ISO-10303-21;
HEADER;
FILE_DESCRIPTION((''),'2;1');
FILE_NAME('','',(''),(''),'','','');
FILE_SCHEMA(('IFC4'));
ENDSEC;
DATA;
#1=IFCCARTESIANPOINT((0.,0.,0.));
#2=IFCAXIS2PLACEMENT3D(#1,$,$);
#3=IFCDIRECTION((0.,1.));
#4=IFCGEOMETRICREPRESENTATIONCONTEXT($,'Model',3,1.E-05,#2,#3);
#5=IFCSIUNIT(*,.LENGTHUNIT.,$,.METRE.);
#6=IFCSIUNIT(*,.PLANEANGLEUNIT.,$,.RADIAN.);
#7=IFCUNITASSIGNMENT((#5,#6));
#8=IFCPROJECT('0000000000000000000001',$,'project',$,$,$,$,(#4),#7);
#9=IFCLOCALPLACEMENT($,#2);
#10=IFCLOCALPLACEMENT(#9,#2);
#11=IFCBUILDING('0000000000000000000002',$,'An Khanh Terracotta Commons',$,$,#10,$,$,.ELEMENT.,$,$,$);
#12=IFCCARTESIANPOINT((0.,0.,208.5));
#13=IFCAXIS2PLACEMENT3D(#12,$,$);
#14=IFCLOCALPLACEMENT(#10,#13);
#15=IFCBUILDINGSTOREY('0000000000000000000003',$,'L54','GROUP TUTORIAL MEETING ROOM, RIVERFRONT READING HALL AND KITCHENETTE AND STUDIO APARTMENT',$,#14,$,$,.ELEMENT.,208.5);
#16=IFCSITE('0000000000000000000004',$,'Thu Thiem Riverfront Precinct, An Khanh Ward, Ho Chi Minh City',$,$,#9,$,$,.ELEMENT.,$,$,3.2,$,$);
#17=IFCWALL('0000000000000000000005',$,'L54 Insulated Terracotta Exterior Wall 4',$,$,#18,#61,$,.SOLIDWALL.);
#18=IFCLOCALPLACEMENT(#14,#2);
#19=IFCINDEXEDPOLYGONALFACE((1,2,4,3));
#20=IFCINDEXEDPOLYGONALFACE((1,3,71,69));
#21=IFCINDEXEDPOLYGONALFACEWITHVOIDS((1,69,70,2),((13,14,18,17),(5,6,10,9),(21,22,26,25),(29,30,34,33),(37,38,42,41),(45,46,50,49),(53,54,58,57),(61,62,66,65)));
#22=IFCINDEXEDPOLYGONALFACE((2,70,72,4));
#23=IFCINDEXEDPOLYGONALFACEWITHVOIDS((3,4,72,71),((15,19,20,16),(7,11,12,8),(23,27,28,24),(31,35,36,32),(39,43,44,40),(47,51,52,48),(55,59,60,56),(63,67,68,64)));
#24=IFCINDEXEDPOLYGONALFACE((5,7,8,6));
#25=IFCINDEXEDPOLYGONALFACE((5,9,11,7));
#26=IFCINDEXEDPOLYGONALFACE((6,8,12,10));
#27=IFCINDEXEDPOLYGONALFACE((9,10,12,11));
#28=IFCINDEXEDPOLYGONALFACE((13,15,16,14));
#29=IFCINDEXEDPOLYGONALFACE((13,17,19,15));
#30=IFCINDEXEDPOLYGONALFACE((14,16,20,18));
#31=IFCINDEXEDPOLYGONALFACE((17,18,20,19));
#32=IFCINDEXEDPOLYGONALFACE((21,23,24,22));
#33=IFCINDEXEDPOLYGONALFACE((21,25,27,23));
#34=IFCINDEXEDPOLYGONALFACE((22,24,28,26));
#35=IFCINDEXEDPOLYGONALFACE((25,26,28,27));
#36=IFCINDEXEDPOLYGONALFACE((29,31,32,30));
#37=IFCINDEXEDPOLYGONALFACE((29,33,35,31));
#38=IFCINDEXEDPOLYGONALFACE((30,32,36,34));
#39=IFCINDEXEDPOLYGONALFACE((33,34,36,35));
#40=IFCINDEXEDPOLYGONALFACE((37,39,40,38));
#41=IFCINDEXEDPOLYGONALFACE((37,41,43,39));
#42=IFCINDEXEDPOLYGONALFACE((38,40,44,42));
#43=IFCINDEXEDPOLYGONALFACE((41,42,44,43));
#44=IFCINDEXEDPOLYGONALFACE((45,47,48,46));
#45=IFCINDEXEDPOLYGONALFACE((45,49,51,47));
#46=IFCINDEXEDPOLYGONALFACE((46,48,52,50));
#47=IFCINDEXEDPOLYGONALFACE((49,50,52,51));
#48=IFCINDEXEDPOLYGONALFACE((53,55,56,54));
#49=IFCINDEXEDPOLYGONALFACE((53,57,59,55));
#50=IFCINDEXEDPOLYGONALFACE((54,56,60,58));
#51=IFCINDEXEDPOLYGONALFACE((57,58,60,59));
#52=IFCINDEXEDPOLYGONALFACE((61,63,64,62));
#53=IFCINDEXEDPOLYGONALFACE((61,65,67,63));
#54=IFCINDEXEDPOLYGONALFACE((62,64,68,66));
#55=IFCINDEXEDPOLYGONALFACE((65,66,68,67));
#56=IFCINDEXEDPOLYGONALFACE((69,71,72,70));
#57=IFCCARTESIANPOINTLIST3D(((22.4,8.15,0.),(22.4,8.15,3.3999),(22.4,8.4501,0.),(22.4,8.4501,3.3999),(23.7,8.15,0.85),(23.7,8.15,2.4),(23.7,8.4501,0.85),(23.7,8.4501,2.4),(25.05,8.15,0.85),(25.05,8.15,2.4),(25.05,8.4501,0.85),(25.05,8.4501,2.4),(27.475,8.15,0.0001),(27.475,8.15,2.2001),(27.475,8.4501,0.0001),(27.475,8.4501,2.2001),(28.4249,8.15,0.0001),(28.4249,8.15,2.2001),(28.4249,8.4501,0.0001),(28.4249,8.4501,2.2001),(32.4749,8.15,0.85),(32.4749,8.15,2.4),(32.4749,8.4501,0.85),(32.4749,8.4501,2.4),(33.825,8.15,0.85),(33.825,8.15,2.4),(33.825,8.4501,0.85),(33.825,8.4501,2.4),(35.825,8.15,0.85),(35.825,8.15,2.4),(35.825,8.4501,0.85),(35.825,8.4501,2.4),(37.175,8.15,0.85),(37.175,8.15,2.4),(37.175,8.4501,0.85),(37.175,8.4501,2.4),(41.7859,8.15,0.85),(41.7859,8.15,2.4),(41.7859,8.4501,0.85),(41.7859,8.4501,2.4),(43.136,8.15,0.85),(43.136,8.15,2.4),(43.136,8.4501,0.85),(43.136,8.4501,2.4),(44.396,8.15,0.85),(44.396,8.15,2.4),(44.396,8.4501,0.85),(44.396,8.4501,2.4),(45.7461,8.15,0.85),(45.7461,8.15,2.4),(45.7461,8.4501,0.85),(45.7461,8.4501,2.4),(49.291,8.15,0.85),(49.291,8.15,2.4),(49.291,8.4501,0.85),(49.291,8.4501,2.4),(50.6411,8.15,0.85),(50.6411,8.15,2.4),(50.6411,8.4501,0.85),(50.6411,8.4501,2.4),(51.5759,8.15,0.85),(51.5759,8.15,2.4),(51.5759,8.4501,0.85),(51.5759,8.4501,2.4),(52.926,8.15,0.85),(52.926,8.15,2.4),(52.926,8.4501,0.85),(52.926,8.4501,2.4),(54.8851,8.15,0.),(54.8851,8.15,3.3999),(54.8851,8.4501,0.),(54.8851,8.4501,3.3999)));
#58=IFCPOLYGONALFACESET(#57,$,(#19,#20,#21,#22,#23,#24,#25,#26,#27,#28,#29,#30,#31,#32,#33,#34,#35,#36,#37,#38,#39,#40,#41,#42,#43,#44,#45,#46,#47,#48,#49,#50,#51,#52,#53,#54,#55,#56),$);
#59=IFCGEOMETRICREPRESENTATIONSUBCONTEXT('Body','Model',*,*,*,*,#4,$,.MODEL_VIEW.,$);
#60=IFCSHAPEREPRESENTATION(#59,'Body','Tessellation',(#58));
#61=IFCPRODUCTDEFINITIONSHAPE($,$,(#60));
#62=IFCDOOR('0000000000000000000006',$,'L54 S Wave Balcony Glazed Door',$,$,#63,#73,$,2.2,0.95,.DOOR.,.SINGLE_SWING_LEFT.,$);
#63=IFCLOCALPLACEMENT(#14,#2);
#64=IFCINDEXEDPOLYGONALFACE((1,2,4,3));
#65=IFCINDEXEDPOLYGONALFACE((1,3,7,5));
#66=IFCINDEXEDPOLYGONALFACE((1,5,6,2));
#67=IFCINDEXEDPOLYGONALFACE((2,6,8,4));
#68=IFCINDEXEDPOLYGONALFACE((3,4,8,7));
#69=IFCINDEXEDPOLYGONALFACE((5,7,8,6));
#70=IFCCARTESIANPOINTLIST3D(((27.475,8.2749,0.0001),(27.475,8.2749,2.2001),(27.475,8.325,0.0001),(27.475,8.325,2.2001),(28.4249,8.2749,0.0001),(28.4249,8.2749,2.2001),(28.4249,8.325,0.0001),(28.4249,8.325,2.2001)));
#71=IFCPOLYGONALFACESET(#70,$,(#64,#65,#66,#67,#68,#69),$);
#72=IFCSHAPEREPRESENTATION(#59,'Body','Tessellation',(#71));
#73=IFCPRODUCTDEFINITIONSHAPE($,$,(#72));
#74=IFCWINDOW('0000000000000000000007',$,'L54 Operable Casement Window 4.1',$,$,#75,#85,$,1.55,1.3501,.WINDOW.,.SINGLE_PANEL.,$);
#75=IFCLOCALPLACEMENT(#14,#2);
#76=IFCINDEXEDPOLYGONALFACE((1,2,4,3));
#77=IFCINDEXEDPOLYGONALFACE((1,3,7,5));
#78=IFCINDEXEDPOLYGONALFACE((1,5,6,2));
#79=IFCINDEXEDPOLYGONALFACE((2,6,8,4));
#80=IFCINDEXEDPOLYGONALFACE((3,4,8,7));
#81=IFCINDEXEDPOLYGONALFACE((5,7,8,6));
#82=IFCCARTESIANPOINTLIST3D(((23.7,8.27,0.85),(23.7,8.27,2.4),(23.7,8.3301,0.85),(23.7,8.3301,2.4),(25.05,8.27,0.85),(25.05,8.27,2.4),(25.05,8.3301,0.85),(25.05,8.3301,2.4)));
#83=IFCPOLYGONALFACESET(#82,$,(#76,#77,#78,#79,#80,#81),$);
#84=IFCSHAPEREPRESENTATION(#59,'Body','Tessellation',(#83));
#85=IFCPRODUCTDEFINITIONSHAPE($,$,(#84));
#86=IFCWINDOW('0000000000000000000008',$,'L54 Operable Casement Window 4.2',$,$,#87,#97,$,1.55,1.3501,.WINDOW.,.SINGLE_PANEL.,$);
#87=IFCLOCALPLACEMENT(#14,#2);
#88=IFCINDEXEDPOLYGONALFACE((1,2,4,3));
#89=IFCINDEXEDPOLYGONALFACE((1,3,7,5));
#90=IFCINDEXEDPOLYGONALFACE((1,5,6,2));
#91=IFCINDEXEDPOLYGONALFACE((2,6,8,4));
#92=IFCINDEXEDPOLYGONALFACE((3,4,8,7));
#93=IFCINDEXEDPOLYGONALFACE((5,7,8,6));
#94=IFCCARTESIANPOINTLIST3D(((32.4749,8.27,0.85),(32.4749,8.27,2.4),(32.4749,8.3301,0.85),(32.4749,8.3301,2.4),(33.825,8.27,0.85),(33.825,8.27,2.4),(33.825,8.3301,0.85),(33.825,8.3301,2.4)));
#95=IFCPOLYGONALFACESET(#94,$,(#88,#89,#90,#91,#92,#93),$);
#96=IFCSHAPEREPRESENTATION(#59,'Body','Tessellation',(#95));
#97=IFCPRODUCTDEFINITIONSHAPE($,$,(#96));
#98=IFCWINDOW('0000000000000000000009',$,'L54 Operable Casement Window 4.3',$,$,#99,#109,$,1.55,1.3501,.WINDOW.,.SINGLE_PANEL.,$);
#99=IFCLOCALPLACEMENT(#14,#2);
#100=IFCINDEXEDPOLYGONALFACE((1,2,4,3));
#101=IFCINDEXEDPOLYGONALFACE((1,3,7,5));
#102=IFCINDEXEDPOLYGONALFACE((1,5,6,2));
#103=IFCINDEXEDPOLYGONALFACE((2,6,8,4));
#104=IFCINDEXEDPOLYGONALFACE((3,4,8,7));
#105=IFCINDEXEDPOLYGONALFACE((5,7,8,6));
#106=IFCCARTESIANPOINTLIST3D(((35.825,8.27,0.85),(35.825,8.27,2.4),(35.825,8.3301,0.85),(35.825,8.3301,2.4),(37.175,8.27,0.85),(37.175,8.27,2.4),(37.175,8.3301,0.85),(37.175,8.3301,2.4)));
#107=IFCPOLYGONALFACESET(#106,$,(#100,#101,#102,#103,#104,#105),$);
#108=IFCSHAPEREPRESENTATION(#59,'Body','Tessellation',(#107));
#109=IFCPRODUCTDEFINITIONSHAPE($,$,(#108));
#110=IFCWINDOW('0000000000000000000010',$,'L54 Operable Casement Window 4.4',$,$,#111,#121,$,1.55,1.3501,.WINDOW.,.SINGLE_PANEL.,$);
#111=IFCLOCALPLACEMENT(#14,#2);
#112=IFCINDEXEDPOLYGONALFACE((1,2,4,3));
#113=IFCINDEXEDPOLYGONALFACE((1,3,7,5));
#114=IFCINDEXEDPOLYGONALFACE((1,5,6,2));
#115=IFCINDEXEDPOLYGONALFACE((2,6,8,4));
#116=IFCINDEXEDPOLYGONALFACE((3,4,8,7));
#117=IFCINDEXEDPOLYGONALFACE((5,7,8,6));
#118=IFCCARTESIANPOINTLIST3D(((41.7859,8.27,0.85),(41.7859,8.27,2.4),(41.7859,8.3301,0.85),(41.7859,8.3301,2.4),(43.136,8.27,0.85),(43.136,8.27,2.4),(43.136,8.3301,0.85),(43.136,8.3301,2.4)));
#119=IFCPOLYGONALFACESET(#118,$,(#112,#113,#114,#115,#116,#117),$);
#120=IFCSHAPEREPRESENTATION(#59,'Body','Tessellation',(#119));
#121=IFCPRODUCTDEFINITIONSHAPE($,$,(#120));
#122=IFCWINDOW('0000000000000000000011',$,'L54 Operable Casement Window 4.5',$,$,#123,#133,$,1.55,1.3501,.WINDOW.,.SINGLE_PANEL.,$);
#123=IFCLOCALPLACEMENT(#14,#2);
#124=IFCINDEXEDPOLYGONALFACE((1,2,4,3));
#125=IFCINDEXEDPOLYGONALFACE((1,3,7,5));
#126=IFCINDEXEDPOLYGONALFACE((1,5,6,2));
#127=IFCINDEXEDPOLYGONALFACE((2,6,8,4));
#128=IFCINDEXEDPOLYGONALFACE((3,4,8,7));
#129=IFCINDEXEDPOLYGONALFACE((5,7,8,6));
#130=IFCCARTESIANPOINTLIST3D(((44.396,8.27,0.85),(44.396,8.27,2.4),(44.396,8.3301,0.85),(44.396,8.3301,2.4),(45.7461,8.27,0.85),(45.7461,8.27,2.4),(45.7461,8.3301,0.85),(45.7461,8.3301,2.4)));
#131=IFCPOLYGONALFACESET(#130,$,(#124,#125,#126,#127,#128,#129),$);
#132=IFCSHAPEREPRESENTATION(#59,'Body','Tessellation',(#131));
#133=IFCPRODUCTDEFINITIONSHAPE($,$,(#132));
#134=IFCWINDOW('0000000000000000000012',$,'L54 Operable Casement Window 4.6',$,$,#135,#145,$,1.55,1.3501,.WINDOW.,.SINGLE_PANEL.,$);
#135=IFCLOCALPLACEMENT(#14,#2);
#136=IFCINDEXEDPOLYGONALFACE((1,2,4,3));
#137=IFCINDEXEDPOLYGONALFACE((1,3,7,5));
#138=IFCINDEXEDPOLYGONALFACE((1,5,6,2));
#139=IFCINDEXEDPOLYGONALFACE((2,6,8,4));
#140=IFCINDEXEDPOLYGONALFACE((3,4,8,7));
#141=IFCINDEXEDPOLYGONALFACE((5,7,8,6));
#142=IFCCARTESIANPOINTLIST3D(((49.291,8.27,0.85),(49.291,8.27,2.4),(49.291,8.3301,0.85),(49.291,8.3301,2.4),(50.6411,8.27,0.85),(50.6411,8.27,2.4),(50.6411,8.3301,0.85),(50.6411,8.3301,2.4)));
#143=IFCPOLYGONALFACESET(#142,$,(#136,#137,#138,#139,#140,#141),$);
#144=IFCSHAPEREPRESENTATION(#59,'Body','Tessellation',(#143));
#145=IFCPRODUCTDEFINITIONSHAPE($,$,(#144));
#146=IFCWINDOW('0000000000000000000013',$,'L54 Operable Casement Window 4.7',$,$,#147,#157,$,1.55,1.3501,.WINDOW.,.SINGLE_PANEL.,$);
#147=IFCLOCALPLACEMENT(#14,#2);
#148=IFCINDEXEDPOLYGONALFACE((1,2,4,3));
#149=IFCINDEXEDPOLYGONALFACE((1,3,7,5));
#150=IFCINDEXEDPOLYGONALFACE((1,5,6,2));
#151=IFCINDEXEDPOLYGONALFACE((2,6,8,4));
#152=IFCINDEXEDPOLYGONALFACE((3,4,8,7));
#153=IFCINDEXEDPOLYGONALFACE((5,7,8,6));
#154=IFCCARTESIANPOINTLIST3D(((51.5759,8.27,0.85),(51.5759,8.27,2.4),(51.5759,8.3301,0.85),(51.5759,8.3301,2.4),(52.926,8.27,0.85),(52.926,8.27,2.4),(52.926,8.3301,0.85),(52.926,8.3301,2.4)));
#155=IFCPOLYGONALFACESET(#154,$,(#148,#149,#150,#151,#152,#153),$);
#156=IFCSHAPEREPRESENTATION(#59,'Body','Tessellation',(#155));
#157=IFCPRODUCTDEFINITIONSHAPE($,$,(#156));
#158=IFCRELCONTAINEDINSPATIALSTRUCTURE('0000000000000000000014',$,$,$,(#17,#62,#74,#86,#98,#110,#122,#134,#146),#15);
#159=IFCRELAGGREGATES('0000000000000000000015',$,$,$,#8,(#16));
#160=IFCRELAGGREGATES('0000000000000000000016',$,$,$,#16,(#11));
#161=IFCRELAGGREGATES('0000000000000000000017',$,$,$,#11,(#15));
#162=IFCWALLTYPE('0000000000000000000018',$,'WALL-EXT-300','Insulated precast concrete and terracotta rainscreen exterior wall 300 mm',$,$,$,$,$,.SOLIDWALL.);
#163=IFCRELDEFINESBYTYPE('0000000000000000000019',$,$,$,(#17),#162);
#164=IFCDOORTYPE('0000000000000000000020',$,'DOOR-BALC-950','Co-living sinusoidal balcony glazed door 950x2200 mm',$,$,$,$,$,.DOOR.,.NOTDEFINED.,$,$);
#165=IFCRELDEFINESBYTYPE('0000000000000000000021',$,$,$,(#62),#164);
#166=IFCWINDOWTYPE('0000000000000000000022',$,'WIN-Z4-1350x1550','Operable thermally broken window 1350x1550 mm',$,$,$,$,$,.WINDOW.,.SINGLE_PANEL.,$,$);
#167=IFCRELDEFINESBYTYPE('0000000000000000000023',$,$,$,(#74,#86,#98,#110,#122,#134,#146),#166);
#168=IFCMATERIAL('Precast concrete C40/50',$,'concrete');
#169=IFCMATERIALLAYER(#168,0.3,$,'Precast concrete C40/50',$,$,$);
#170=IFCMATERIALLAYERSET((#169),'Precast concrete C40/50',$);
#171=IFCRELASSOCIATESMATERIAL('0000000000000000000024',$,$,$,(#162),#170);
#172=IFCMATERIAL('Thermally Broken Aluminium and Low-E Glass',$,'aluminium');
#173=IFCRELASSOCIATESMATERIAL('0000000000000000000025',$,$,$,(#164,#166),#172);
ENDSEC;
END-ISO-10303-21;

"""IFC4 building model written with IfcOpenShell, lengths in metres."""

from ifc_helpers import new_model, si_unit, direction, frame, frame_2d, origin, place, context, subcontext, project, spatial, rectangle, extrude, material, layer, layer_set, type_object, element, fill, save


model = new_model("IFC4")

# Units and contexts
model_context = context("Model", 3, precision=1e-05, world=origin(), true_north=direction((0.0, 1.0)))
body_context = subcontext(model_context, "Body", "Model", "MODEL_VIEW")
ifc_project = project(units=[si_unit("LENGTHUNIT", "METRE"), si_unit("PLANEANGLEUNIT", "RADIAN")], contexts=[model_context])

# Site, building, storey
site_placement = place(None, origin())
site = spatial("IfcSite", under=ifc_project, at=site_placement, Name="Thu Thiem Riverfront Precinct, An Khanh Ward, Ho Chi Minh City", CompositionType="ELEMENT", RefElevation=3.2)
building_placement = place(site_placement, origin())
building = spatial("IfcBuilding", under=site, at=building_placement, Name="An Khanh Terracotta Commons", CompositionType="ELEMENT")
storey_placement = place(building_placement, frame((0.0, 0.0, 208.5)))
storey = spatial("IfcBuildingStorey", under=building, at=storey_placement, Name="L54", Description="GROUP TUTORIAL MEETING ROOM, RIVERFRONT READING HALL AND KITCHENETTE AND STUDIO APARTMENT", CompositionType="ELEMENT", Elevation=208.5)

# Wall, openings, door, windows
ifc_material_1 = material(Name="Precast concrete C40/50", Category="concrete")
ifc_layer_1 = layer(ifc_material_1, 0.3, Name="Precast concrete C40/50")
ifc_layer_set_1 = layer_set([ifc_layer_1], Name="Precast concrete C40/50")
wall_type_1 = type_object("IfcWallType", Name="WALL-EXT-300", Description="Insulated precast concrete and terracotta rainscreen exterior wall 300 mm", PredefinedType="SOLIDWALL", material=ifc_layer_set_1)
wall_1_placement = place(storey_placement, frame((22.3999, 8.3, 0.0), z_axis=(0.0, 0.0, 1.0), x_axis=(1.0, 0.0, 0.0)))
wall_1 = element("IfcWall", 1, at=wall_1_placement, inside=storey, type_object=wall_type_1, Name="L54 Insulated Terracotta Exterior Wall 4", PredefinedType="SOLIDWALL", context=body_context, shape_type="SweptSolid", body=[
    extrude(rectangle(XDim=32.4851, YDim=0.3, at=frame_2d((16.2427, 0.0))), origin(), (0.0, 0.0, 1.0), 3.3999),
])
opening_1_placement = place(wall_1_placement, frame((5.075, 0.0, 0.0)))
opening_1 = element("IfcOpeningElement", 2, at=opening_1_placement, cuts=wall_1, PredefinedType="OPENING", context=body_context, shape_type="SweptSolid", body=[
    extrude(rectangle(XDim=0.95, YDim=2.2, at=frame_2d((0.4751, 1.1001))), frame((0.0, 0.1599, 0.0), z_axis=(0.0, -1.0, 0.0), x_axis=(1.0, 0.0, 0.0)), (0.0, 0.0, 1.0), 0.3201),
])
opening_2_placement = place(wall_1_placement, frame((1.3, 0.0, 0.8501)))
opening_2 = element("IfcOpeningElement", 3, at=opening_2_placement, cuts=wall_1, PredefinedType="OPENING", context=body_context, shape_type="SweptSolid", body=[
    extrude(rectangle(XDim=1.3501, YDim=1.55, at=frame_2d((0.675, 0.7749))), frame((0.0, 0.1599, 0.0), z_axis=(0.0, -1.0, 0.0), x_axis=(1.0, 0.0, 0.0)), (0.0, 0.0, 1.0), 0.3201),
])
opening_3_placement = place(wall_1_placement, frame((10.075, 0.0, 0.8501)))
opening_3 = element("IfcOpeningElement", 4, at=opening_3_placement, cuts=wall_1, PredefinedType="OPENING", context=body_context, shape_type="SweptSolid", body=[
    extrude(rectangle(XDim=1.3501, YDim=1.55, at=frame_2d((0.675, 0.7749))), frame((0.0, 0.1599, 0.0), z_axis=(0.0, -1.0, 0.0), x_axis=(1.0, 0.0, 0.0)), (0.0, 0.0, 1.0), 0.3201),
])
opening_4_placement = place(wall_1_placement, frame((13.425, 0.0, 0.8501)))
opening_4 = element("IfcOpeningElement", 5, at=opening_4_placement, cuts=wall_1, PredefinedType="OPENING", context=body_context, shape_type="SweptSolid", body=[
    extrude(rectangle(XDim=1.3501, YDim=1.55, at=frame_2d((0.675, 0.7749))), frame((0.0, 0.1599, 0.0), z_axis=(0.0, -1.0, 0.0), x_axis=(1.0, 0.0, 0.0)), (0.0, 0.0, 1.0), 0.3201),
])
opening_5_placement = place(wall_1_placement, frame((19.386, 0.0, 0.8501)))
opening_5 = element("IfcOpeningElement", 6, at=opening_5_placement, cuts=wall_1, PredefinedType="OPENING", context=body_context, shape_type="SweptSolid", body=[
    extrude(rectangle(XDim=1.3501, YDim=1.55, at=frame_2d((0.675, 0.7749))), frame((0.0, 0.1599, 0.0), z_axis=(0.0, -1.0, 0.0), x_axis=(1.0, 0.0, 0.0)), (0.0, 0.0, 1.0), 0.3201),
])
opening_6_placement = place(wall_1_placement, frame((21.9961, 0.0, 0.8501)))
opening_6 = element("IfcOpeningElement", 7, at=opening_6_placement, cuts=wall_1, PredefinedType="OPENING", context=body_context, shape_type="SweptSolid", body=[
    extrude(rectangle(XDim=1.3501, YDim=1.55, at=frame_2d((0.675, 0.7749))), frame((0.0, 0.1599, 0.0), z_axis=(0.0, -1.0, 0.0), x_axis=(1.0, 0.0, 0.0)), (0.0, 0.0, 1.0), 0.3201),
])
opening_7_placement = place(wall_1_placement, frame((26.8911, 0.0, 0.8501)))
opening_7 = element("IfcOpeningElement", 8, at=opening_7_placement, cuts=wall_1, PredefinedType="OPENING", context=body_context, shape_type="SweptSolid", body=[
    extrude(rectangle(XDim=1.3501, YDim=1.55, at=frame_2d((0.675, 0.7749))), frame((0.0, 0.1599, 0.0), z_axis=(0.0, -1.0, 0.0), x_axis=(1.0, 0.0, 0.0)), (0.0, 0.0, 1.0), 0.3201),
])
opening_8_placement = place(wall_1_placement, frame((29.176, 0.0, 0.8501)))
opening_8 = element("IfcOpeningElement", 9, at=opening_8_placement, cuts=wall_1, PredefinedType="OPENING", context=body_context, shape_type="SweptSolid", body=[
    extrude(rectangle(XDim=1.3501, YDim=1.55, at=frame_2d((0.675, 0.7749))), frame((0.0, 0.1599, 0.0), z_axis=(0.0, -1.0, 0.0), x_axis=(1.0, 0.0, 0.0)), (0.0, 0.0, 1.0), 0.3201),
])
ifc_material_2 = material(Name="Thermally Broken Aluminium and Low-E Glass", Category="aluminium")
door_type = type_object("IfcDoorType", Name="DOOR-BALC-950", Description="Co-living sinusoidal balcony glazed door 950x2200 mm", OperationType="NOTDEFINED", PredefinedType="DOOR", material=ifc_material_2)
door_placement = place(opening_1_placement, origin())
door = element("IfcDoor", 10, at=door_placement, inside=storey, type_object=door_type, Name="L54 S Wave Balcony Glazed Door", OperationType="SINGLE_SWING_LEFT", OverallHeight=2.2, OverallWidth=0.95, PredefinedType="DOOR", context=body_context, shape_type="SweptSolid", body=[
    extrude(rectangle(XDim=0.95, YDim=2.2, at=frame_2d((0.4751, 1.1001))), frame((0.0, 0.0249, 0.0), z_axis=(0.0, -1.0, 0.0), x_axis=(1.0, 0.0, 0.0)), (0.0, 0.0, 1.0), 0.05),
])
fill(opening_1, door)
window_type = type_object("IfcWindowType", Name="WIN-Z4-1350x1550", Description="Operable thermally broken window 1350x1550 mm", PartitioningType="SINGLE_PANEL", PredefinedType="WINDOW", material=ifc_material_2)
window_1_placement = place(opening_2_placement, origin())
window_1 = element("IfcWindow", 11, at=window_1_placement, inside=storey, type_object=window_type, Name="L54 Operable Casement Window 4.1", OverallHeight=1.55, OverallWidth=1.3501, PartitioningType="SINGLE_PANEL", PredefinedType="WINDOW", context=body_context, shape_type="SweptSolid", body=[
    extrude(rectangle(XDim=1.3501, YDim=1.55, at=frame_2d((0.675, 0.7749))), frame((0.0, 0.03, 0.0), z_axis=(0.0, -1.0, 0.0), x_axis=(1.0, 0.0, 0.0)), (0.0, 0.0, 1.0), 0.0601),
])
fill(opening_2, window_1)
window_2_placement = place(opening_3_placement, origin())
window_2 = element("IfcWindow", 12, at=window_2_placement, inside=storey, type_object=window_type, Name="L54 Operable Casement Window 4.2", OverallHeight=1.55, OverallWidth=1.3501, PartitioningType="SINGLE_PANEL", PredefinedType="WINDOW", context=body_context, shape_type="SweptSolid", body=[
    extrude(rectangle(XDim=1.3501, YDim=1.55, at=frame_2d((0.675, 0.7749))), frame((0.0, 0.03, 0.0), z_axis=(0.0, -1.0, 0.0), x_axis=(1.0, 0.0, 0.0)), (0.0, 0.0, 1.0), 0.0601),
])
fill(opening_3, window_2)
window_3_placement = place(opening_4_placement, origin())
window_3 = element("IfcWindow", 13, at=window_3_placement, inside=storey, type_object=window_type, Name="L54 Operable Casement Window 4.3", OverallHeight=1.55, OverallWidth=1.3501, PartitioningType="SINGLE_PANEL", PredefinedType="WINDOW", context=body_context, shape_type="SweptSolid", body=[
    extrude(rectangle(XDim=1.3501, YDim=1.55, at=frame_2d((0.675, 0.7749))), frame((0.0, 0.03, 0.0), z_axis=(0.0, -1.0, 0.0), x_axis=(1.0, 0.0, 0.0)), (0.0, 0.0, 1.0), 0.0601),
])
fill(opening_4, window_3)
window_4_placement = place(opening_5_placement, origin())
window_4 = element("IfcWindow", 14, at=window_4_placement, inside=storey, type_object=window_type, Name="L54 Operable Casement Window 4.4", OverallHeight=1.55, OverallWidth=1.3501, PartitioningType="SINGLE_PANEL", PredefinedType="WINDOW", context=body_context, shape_type="SweptSolid", body=[
    extrude(rectangle(XDim=1.3501, YDim=1.55, at=frame_2d((0.675, 0.7749))), frame((0.0, 0.03, 0.0), z_axis=(0.0, -1.0, 0.0), x_axis=(1.0, 0.0, 0.0)), (0.0, 0.0, 1.0), 0.0601),
])
fill(opening_5, window_4)
window_5_placement = place(opening_6_placement, origin())
window_5 = element("IfcWindow", 15, at=window_5_placement, inside=storey, type_object=window_type, Name="L54 Operable Casement Window 4.5", OverallHeight=1.55, OverallWidth=1.3501, PartitioningType="SINGLE_PANEL", PredefinedType="WINDOW", context=body_context, shape_type="SweptSolid", body=[
    extrude(rectangle(XDim=1.3501, YDim=1.55, at=frame_2d((0.675, 0.7749))), frame((0.0, 0.03, 0.0), z_axis=(0.0, -1.0, 0.0), x_axis=(1.0, 0.0, 0.0)), (0.0, 0.0, 1.0), 0.0601),
])
fill(opening_6, window_5)
window_6_placement = place(opening_7_placement, origin())
window_6 = element("IfcWindow", 16, at=window_6_placement, inside=storey, type_object=window_type, Name="L54 Operable Casement Window 4.6", OverallHeight=1.55, OverallWidth=1.3501, PartitioningType="SINGLE_PANEL", PredefinedType="WINDOW", context=body_context, shape_type="SweptSolid", body=[
    extrude(rectangle(XDim=1.3501, YDim=1.55, at=frame_2d((0.675, 0.7749))), frame((0.0, 0.03, 0.0), z_axis=(0.0, -1.0, 0.0), x_axis=(1.0, 0.0, 0.0)), (0.0, 0.0, 1.0), 0.0601),
])
fill(opening_7, window_6)
window_7_placement = place(opening_8_placement, origin())
window_7 = element("IfcWindow", 17, at=window_7_placement, inside=storey, type_object=window_type, Name="L54 Operable Casement Window 4.7", OverallHeight=1.55, OverallWidth=1.3501, PartitioningType="SINGLE_PANEL", PredefinedType="WINDOW", context=body_context, shape_type="SweptSolid", body=[
    extrude(rectangle(XDim=1.3501, YDim=1.55, at=frame_2d((0.675, 0.7749))), frame((0.0, 0.03, 0.0), z_axis=(0.0, -1.0, 0.0), x_axis=(1.0, 0.0, 0.0)), (0.0, 0.0, 1.0), 0.0601),
])
fill(opening_8, window_7)

save(model, "model.ifc")
